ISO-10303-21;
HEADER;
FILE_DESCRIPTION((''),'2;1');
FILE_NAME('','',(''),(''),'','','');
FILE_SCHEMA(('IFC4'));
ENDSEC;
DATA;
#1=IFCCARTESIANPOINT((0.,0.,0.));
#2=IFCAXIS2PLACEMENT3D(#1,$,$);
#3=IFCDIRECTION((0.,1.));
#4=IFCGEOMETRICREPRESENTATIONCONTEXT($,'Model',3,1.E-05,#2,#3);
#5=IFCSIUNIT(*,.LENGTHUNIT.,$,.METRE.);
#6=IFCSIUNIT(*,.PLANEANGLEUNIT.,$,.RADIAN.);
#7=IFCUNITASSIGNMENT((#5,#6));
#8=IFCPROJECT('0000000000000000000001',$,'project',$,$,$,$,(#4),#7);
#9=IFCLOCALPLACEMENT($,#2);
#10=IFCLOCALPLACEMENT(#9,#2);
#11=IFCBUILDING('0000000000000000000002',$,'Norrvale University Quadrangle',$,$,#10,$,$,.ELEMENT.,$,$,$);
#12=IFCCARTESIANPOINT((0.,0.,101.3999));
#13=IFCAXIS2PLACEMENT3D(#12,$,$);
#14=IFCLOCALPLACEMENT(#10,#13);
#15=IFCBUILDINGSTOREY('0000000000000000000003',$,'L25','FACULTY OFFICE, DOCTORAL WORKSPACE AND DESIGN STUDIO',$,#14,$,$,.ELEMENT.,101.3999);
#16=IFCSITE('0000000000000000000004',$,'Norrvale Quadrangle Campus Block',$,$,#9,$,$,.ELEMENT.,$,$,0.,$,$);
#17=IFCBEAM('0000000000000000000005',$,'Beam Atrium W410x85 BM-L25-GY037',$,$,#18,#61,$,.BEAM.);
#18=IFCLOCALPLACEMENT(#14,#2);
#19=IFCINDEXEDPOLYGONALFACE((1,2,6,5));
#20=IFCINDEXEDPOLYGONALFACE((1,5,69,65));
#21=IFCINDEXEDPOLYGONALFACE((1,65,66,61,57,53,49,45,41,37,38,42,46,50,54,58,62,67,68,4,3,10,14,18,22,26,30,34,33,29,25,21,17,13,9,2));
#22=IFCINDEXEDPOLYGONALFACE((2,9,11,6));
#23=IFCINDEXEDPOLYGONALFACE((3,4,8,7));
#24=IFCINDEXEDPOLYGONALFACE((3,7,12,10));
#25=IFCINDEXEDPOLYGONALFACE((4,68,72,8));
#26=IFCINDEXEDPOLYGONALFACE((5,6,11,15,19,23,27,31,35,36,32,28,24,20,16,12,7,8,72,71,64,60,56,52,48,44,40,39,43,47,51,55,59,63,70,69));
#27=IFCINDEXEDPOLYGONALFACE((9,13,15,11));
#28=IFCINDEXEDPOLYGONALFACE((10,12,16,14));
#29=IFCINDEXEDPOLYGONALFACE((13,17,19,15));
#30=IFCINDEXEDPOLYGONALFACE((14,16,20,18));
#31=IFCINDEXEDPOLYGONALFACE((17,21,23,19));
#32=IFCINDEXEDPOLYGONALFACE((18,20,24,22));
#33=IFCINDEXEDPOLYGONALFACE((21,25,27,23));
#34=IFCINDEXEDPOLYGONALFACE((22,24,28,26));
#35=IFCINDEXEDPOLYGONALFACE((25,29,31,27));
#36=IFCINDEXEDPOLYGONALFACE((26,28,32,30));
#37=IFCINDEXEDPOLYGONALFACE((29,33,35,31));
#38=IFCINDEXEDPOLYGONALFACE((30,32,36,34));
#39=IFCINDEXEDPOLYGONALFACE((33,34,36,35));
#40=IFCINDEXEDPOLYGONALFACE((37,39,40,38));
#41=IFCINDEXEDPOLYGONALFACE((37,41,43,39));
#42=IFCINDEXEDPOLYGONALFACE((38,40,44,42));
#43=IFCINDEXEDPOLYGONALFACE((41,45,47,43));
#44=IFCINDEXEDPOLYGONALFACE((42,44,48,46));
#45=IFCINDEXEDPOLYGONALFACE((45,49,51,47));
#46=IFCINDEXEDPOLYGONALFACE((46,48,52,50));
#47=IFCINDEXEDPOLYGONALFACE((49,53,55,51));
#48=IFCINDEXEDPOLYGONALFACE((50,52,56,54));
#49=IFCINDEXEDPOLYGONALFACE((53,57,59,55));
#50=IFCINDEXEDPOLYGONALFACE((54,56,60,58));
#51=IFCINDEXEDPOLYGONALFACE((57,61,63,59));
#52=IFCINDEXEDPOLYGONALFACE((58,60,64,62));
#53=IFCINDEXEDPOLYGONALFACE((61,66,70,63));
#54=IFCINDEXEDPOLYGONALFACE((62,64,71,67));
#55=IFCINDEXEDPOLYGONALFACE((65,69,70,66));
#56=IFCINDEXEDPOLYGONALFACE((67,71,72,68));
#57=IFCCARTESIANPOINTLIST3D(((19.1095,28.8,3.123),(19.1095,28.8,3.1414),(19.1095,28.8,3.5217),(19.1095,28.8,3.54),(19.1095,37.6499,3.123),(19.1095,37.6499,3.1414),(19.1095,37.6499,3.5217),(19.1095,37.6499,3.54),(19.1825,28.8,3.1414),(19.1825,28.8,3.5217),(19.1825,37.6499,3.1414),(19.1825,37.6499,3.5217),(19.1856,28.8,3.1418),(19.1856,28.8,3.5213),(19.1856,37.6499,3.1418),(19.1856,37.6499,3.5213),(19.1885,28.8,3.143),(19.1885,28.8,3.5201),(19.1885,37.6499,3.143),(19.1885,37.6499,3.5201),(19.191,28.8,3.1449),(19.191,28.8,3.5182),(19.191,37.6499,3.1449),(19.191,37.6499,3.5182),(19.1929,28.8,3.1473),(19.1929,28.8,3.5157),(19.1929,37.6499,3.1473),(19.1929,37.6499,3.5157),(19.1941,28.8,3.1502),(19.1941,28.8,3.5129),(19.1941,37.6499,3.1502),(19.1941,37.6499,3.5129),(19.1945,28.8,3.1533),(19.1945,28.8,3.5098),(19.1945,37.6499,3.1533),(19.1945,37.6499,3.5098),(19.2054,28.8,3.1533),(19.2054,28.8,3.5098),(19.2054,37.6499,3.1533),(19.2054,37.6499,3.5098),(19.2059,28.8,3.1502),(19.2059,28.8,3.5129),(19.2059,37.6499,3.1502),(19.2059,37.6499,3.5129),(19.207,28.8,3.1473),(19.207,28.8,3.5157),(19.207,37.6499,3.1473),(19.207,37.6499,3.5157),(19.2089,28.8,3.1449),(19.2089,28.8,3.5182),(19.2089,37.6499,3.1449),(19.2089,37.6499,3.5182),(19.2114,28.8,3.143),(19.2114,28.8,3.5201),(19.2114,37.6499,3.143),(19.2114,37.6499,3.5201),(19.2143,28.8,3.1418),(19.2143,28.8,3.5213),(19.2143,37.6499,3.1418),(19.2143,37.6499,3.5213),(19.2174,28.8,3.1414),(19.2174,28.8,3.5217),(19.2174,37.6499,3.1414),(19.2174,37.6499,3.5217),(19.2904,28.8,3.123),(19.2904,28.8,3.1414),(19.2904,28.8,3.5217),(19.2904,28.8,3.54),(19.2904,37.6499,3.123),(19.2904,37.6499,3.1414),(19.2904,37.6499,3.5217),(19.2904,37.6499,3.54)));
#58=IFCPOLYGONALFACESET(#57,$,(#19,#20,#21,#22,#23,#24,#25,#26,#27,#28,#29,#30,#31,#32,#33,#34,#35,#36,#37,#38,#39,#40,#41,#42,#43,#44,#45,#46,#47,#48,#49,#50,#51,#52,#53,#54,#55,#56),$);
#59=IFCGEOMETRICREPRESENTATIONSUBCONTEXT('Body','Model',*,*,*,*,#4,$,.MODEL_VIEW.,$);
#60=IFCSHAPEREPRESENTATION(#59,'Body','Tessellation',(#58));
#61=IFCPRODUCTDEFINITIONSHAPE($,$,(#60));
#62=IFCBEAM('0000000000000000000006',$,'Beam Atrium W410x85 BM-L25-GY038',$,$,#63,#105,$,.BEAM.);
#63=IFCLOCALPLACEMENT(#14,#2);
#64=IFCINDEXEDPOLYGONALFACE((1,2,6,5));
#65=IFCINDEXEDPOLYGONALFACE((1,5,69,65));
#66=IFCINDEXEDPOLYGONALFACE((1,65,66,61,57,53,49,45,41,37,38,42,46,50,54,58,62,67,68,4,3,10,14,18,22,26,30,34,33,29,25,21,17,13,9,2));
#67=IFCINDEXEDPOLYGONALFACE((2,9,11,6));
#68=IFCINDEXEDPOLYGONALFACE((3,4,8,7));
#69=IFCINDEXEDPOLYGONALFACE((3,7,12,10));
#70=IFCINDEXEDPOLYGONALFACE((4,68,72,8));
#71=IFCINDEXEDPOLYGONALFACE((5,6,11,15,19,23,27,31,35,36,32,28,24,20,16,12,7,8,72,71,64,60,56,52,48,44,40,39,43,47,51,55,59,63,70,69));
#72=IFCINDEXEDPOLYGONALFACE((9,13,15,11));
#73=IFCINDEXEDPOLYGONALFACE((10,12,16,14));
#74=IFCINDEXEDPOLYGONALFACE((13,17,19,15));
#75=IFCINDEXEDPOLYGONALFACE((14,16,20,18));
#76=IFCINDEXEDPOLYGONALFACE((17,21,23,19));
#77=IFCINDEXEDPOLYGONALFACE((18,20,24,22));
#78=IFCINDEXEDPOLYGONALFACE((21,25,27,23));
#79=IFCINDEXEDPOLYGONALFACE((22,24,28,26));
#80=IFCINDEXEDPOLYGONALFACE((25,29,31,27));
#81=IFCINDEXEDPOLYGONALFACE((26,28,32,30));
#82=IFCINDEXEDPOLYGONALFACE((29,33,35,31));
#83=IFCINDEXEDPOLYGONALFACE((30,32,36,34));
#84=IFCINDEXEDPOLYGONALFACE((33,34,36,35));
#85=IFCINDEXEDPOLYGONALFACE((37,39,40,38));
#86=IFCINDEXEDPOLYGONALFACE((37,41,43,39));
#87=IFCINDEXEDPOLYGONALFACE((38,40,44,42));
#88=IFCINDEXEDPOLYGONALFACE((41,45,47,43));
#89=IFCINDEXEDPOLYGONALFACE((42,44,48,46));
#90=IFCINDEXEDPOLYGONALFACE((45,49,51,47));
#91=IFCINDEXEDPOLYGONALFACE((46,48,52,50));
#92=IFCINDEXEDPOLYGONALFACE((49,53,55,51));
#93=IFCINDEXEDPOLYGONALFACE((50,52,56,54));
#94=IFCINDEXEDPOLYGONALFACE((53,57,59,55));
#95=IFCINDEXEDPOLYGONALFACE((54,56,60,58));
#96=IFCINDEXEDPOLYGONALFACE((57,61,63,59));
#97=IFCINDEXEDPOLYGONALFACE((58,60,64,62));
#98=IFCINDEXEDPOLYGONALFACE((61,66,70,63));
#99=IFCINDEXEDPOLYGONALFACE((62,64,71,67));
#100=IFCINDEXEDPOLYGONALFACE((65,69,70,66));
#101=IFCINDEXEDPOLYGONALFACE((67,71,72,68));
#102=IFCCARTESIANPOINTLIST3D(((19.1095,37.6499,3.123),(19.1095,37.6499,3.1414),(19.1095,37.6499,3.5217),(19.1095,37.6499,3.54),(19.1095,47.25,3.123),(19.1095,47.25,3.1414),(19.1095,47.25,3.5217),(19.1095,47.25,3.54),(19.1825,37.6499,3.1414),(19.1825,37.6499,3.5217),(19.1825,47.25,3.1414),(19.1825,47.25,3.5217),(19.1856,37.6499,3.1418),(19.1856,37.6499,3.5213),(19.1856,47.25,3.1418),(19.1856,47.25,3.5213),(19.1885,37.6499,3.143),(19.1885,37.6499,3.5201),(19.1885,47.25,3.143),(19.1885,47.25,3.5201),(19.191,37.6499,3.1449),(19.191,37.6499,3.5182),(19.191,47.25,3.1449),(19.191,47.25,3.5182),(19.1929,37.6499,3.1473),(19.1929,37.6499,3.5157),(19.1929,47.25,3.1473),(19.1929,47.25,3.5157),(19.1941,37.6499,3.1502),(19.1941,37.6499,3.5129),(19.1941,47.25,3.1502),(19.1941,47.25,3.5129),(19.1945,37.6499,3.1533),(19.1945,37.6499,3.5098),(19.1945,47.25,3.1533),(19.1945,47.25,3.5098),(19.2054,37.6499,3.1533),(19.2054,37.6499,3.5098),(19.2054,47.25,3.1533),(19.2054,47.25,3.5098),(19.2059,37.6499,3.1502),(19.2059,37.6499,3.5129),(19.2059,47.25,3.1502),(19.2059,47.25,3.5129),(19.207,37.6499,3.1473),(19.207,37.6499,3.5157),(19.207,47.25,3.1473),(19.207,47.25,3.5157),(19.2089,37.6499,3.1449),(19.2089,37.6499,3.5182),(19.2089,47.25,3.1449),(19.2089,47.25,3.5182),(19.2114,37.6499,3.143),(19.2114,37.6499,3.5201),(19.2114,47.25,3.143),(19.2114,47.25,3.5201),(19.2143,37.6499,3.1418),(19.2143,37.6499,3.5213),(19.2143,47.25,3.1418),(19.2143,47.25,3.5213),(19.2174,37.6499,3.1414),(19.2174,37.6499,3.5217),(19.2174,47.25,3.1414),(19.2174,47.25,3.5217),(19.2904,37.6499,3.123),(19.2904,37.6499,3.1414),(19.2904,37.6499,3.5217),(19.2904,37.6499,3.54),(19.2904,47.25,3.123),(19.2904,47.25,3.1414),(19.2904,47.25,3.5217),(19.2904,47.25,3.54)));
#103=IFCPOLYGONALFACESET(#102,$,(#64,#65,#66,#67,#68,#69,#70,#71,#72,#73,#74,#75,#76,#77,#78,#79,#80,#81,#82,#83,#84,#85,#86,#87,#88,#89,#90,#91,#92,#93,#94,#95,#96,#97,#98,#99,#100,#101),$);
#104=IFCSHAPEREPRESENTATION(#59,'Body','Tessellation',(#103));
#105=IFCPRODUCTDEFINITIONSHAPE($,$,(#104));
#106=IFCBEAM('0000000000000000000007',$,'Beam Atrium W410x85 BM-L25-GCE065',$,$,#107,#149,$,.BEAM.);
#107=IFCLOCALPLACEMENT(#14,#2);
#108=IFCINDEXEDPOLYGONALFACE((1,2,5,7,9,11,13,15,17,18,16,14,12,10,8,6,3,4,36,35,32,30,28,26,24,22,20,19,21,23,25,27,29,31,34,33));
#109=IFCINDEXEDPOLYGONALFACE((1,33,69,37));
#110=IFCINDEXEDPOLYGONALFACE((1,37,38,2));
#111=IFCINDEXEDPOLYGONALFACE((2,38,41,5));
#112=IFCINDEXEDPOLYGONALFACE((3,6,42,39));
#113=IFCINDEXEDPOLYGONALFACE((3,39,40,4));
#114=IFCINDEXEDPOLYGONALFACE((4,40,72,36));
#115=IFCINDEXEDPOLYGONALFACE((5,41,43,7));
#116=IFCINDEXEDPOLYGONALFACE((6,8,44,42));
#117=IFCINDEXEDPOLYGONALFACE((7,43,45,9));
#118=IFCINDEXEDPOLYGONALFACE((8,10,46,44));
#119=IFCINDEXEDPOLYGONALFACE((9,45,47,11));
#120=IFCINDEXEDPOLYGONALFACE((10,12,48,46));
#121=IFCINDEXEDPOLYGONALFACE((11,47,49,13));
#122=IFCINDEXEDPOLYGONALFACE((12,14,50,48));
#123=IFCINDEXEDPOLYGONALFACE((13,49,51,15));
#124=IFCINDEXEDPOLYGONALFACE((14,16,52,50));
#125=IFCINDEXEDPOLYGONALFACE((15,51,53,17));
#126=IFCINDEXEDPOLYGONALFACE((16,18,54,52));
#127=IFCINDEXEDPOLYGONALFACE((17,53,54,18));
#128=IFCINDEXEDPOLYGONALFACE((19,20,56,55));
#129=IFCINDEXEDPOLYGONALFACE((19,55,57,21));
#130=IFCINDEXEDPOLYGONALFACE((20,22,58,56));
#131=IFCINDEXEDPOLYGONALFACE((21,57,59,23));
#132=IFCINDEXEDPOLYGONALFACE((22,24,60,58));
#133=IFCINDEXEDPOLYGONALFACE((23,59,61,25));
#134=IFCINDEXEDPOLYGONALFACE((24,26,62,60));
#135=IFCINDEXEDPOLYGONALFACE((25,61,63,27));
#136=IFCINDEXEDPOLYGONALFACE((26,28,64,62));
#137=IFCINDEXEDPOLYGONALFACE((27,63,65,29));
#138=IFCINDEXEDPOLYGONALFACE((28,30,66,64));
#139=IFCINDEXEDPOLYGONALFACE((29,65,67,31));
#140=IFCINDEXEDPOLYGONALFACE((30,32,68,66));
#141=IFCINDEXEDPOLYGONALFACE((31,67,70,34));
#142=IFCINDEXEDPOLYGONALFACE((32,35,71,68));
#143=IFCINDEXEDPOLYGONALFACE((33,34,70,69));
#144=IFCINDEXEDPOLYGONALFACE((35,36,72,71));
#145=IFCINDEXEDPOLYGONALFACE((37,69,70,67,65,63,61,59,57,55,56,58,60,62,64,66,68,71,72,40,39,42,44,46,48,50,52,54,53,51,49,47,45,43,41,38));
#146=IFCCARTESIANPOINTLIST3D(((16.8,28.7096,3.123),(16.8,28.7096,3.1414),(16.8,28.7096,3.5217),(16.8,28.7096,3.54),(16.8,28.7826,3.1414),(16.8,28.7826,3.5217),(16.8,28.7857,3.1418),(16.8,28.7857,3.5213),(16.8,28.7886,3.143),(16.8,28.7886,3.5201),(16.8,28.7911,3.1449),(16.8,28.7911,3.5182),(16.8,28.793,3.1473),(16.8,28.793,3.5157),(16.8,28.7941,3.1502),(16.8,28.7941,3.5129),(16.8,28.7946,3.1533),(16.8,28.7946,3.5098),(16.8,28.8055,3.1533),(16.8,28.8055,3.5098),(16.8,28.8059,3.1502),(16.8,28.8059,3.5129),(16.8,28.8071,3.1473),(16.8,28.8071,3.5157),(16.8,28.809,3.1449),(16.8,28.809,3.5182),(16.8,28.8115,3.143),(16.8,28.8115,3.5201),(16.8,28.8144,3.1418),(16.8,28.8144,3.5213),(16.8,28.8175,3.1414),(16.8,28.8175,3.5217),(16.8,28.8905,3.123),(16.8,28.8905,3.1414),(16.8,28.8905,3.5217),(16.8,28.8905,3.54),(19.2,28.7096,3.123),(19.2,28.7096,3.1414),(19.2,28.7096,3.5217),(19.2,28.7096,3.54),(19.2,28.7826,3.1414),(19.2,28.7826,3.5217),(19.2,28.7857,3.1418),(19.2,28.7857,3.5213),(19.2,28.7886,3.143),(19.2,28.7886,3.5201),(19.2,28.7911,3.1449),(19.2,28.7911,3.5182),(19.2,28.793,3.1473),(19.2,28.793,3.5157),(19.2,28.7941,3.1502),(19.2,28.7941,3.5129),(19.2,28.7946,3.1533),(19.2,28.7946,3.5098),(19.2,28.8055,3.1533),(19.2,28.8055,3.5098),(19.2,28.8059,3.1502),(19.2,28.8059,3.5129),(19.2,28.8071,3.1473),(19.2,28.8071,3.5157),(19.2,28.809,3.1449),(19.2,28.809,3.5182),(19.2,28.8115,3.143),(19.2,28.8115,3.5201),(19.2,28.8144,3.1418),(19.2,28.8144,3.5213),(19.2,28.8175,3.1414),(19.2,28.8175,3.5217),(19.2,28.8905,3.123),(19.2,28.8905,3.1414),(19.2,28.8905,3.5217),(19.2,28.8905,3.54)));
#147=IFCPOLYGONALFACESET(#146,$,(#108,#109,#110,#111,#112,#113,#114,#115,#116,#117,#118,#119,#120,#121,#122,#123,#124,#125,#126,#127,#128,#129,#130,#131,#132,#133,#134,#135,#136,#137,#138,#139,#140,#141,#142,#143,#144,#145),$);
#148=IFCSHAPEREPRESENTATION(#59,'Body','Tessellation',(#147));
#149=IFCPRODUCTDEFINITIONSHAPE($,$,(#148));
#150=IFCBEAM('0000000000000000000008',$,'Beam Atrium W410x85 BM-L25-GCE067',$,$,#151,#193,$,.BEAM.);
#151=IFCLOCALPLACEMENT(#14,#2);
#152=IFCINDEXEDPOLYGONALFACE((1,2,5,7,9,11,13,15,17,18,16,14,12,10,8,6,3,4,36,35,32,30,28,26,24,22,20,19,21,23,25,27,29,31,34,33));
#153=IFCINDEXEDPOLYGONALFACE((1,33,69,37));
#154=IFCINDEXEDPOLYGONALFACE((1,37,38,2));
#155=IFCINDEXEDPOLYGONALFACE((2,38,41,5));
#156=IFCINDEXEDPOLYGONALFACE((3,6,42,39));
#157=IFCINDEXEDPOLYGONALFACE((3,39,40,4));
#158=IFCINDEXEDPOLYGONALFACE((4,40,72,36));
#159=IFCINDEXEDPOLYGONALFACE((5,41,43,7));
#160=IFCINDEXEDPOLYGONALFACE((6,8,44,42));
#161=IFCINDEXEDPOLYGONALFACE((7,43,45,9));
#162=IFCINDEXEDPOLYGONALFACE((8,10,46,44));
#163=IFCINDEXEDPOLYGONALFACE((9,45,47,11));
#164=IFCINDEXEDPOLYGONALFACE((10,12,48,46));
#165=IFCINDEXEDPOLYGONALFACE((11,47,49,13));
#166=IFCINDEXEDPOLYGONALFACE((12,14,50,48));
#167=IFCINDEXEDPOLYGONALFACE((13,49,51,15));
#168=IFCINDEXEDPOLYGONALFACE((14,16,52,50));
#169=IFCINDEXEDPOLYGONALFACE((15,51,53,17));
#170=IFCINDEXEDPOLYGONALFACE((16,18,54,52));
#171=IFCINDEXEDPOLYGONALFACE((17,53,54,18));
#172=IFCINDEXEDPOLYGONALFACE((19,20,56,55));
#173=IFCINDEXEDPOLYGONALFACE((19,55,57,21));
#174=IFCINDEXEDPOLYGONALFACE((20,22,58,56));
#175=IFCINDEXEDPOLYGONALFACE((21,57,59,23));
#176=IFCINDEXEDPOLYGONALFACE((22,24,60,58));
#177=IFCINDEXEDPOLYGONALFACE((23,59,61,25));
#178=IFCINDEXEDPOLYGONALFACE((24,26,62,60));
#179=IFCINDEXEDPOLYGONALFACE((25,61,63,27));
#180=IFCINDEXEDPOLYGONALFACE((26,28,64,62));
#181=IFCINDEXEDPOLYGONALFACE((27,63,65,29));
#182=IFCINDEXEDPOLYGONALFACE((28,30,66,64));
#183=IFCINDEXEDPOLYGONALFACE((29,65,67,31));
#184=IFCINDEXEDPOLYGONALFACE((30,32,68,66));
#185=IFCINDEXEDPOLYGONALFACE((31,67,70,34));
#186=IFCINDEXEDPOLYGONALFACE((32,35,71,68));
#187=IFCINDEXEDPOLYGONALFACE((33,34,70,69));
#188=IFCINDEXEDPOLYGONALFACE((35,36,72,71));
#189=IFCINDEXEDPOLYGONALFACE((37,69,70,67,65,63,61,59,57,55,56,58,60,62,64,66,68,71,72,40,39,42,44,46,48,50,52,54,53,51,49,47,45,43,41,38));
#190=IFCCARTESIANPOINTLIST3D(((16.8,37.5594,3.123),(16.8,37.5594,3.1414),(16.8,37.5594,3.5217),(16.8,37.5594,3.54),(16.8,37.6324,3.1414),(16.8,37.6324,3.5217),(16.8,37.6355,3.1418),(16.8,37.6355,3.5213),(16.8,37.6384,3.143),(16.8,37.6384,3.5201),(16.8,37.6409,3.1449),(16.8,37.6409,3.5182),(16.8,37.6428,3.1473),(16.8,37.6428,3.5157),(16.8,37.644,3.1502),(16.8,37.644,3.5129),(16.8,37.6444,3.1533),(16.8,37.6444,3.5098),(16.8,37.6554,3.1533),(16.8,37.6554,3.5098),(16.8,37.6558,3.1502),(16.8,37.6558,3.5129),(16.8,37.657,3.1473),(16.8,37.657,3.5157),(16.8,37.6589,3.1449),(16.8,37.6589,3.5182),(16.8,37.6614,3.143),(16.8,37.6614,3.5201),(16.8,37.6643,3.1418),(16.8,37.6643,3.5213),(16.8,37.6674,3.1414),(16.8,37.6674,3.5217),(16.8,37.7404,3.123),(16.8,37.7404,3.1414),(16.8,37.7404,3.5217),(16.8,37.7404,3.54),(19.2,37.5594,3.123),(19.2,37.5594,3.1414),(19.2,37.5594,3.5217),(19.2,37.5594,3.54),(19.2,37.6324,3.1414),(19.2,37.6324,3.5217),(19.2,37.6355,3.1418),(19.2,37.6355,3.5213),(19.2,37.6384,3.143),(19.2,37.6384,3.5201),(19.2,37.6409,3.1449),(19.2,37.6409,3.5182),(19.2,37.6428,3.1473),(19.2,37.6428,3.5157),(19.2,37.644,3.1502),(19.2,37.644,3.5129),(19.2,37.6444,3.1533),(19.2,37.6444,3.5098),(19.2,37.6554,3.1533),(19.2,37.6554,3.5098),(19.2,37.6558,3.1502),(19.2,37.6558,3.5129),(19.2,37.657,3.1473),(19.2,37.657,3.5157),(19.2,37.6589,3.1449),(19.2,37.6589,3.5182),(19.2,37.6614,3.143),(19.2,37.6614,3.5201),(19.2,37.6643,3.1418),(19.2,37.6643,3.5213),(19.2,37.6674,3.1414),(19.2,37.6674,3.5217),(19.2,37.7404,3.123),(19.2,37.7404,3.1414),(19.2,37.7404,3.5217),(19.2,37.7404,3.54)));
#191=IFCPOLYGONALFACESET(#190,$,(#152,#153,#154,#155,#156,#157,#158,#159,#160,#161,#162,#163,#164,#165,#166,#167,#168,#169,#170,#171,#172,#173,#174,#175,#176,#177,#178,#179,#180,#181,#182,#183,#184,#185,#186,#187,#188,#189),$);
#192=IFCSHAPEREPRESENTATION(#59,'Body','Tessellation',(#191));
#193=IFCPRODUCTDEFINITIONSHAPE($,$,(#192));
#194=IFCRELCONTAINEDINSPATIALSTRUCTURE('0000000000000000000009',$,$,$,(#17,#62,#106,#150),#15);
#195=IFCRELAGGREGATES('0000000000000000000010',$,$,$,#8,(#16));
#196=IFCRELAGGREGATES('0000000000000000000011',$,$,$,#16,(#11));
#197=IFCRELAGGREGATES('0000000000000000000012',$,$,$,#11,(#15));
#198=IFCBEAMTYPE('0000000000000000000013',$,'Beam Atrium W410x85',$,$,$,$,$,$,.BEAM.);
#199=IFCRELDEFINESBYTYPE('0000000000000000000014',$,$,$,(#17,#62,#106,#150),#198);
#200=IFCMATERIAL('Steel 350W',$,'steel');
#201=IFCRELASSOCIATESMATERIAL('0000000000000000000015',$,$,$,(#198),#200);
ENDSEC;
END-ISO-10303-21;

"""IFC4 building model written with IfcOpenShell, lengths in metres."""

from ifc_helpers import new_model, si_unit, direction, frame, origin, origin_2d, place, context, subcontext, project, spatial, i_section, extrude, material, material_profile, profile_set, type_object, element, save


model = new_model("IFC4")

# Units and contexts
model_context = context("Model", 3, precision=1e-05, world=origin(), true_north=direction((0.0, 1.0)))
body_context = subcontext(model_context, "Body", "Model", "MODEL_VIEW")
ifc_project = project(units=[si_unit("LENGTHUNIT", "METRE"), si_unit("PLANEANGLEUNIT", "RADIAN")], contexts=[model_context])

# Site, building, storey
site_placement = place(None, origin())
site = spatial("IfcSite", under=ifc_project, at=site_placement, Name="Norrvale Quadrangle Campus Block", CompositionType="ELEMENT", RefElevation=0.0)
building_placement = place(site_placement, origin())
building = spatial("IfcBuilding", under=site, at=building_placement, Name="Norrvale University Quadrangle", CompositionType="ELEMENT")
storey_placement = place(building_placement, frame((0.0, 0.0, 101.3999)))
storey = spatial("IfcBuildingStorey", under=building, at=storey_placement, Name="L25", Description="FACULTY OFFICE, DOCTORAL WORKSPACE AND DESIGN STUDIO", CompositionType="ELEMENT", Elevation=101.3999)

# Beams
ifc_material_1 = material(Name="Steel 350W", Category="steel")
ifc_material_profile_1 = material_profile(ifc_material_1, i_section(OverallWidth=0.1809, OverallDepth=0.417, WebThickness=0.011, FlangeThickness=0.0183, FilletRadius=0.012, at=origin_2d()), Name="Steel 350W")
ifc_profile_set_1 = profile_set([ifc_material_profile_1], Name="Steel 350W")
beam_type_1 = type_object("IfcBeamType", Name="Beam Atrium W410x85", PredefinedType="BEAM", material=ifc_profile_set_1)
beam_1_placement = place(storey_placement, frame((19.2, 28.8, 3.3315), z_axis=(0.0, 1.0, 0.0), x_axis=(-1.0, 0.0, 0.0)))
element("IfcBeam", 1, at=beam_1_placement, inside=storey, type_object=beam_type_1, Name="Beam Atrium W410x85 BM-L25-GY037", PredefinedType="BEAM", context=body_context, shape_type="SweptSolid", body=[
    extrude(i_section(OverallWidth=0.1809, OverallDepth=0.417, WebThickness=0.011, FlangeThickness=0.0183, FilletRadius=0.012, at=origin_2d()), origin(), (0.0, 0.0, 1.0), 8.8499),
])
beam_2_placement = place(storey_placement, frame((19.2, 37.6499, 3.3315), z_axis=(0.0, 1.0, 0.0), x_axis=(-1.0, 0.0, 0.0)))
element("IfcBeam", 2, at=beam_2_placement, inside=storey, type_object=beam_type_1, Name="Beam Atrium W410x85 BM-L25-GY038", PredefinedType="BEAM", context=body_context, shape_type="SweptSolid", body=[
    extrude(i_section(OverallWidth=0.1809, OverallDepth=0.417, WebThickness=0.011, FlangeThickness=0.0183, FilletRadius=0.012, at=origin_2d()), origin(), (0.0, 0.0, 1.0), 9.6001),
])
for number, where, z_axis, x_axis, name in (
    (3, (16.8, 28.8, 3.3315), (1.0, 0.0, 0.0), (0.0, 1.0, 0.0), "Beam Atrium W410x85 BM-L25-GCE065"),
    (4, (16.8, 37.6499, 3.3315), (1.0, 0.0, 0.0), (0.0, 1.0, 0.0), "Beam Atrium W410x85 BM-L25-GCE067"),
):
    element("IfcBeam", number, at=place(storey_placement, frame(where, z_axis=z_axis, x_axis=x_axis)), inside=storey, type_object=beam_type_1, Name=name, PredefinedType="BEAM", context=body_context, shape_type="SweptSolid", body=[
        extrude(i_section(OverallWidth=0.1809, OverallDepth=0.417, WebThickness=0.011, FlangeThickness=0.0183, FilletRadius=0.012, at=origin_2d()), origin(), (0.0, 0.0, 1.0), 2.3999),
    ])

save(model, "model.ifc")
